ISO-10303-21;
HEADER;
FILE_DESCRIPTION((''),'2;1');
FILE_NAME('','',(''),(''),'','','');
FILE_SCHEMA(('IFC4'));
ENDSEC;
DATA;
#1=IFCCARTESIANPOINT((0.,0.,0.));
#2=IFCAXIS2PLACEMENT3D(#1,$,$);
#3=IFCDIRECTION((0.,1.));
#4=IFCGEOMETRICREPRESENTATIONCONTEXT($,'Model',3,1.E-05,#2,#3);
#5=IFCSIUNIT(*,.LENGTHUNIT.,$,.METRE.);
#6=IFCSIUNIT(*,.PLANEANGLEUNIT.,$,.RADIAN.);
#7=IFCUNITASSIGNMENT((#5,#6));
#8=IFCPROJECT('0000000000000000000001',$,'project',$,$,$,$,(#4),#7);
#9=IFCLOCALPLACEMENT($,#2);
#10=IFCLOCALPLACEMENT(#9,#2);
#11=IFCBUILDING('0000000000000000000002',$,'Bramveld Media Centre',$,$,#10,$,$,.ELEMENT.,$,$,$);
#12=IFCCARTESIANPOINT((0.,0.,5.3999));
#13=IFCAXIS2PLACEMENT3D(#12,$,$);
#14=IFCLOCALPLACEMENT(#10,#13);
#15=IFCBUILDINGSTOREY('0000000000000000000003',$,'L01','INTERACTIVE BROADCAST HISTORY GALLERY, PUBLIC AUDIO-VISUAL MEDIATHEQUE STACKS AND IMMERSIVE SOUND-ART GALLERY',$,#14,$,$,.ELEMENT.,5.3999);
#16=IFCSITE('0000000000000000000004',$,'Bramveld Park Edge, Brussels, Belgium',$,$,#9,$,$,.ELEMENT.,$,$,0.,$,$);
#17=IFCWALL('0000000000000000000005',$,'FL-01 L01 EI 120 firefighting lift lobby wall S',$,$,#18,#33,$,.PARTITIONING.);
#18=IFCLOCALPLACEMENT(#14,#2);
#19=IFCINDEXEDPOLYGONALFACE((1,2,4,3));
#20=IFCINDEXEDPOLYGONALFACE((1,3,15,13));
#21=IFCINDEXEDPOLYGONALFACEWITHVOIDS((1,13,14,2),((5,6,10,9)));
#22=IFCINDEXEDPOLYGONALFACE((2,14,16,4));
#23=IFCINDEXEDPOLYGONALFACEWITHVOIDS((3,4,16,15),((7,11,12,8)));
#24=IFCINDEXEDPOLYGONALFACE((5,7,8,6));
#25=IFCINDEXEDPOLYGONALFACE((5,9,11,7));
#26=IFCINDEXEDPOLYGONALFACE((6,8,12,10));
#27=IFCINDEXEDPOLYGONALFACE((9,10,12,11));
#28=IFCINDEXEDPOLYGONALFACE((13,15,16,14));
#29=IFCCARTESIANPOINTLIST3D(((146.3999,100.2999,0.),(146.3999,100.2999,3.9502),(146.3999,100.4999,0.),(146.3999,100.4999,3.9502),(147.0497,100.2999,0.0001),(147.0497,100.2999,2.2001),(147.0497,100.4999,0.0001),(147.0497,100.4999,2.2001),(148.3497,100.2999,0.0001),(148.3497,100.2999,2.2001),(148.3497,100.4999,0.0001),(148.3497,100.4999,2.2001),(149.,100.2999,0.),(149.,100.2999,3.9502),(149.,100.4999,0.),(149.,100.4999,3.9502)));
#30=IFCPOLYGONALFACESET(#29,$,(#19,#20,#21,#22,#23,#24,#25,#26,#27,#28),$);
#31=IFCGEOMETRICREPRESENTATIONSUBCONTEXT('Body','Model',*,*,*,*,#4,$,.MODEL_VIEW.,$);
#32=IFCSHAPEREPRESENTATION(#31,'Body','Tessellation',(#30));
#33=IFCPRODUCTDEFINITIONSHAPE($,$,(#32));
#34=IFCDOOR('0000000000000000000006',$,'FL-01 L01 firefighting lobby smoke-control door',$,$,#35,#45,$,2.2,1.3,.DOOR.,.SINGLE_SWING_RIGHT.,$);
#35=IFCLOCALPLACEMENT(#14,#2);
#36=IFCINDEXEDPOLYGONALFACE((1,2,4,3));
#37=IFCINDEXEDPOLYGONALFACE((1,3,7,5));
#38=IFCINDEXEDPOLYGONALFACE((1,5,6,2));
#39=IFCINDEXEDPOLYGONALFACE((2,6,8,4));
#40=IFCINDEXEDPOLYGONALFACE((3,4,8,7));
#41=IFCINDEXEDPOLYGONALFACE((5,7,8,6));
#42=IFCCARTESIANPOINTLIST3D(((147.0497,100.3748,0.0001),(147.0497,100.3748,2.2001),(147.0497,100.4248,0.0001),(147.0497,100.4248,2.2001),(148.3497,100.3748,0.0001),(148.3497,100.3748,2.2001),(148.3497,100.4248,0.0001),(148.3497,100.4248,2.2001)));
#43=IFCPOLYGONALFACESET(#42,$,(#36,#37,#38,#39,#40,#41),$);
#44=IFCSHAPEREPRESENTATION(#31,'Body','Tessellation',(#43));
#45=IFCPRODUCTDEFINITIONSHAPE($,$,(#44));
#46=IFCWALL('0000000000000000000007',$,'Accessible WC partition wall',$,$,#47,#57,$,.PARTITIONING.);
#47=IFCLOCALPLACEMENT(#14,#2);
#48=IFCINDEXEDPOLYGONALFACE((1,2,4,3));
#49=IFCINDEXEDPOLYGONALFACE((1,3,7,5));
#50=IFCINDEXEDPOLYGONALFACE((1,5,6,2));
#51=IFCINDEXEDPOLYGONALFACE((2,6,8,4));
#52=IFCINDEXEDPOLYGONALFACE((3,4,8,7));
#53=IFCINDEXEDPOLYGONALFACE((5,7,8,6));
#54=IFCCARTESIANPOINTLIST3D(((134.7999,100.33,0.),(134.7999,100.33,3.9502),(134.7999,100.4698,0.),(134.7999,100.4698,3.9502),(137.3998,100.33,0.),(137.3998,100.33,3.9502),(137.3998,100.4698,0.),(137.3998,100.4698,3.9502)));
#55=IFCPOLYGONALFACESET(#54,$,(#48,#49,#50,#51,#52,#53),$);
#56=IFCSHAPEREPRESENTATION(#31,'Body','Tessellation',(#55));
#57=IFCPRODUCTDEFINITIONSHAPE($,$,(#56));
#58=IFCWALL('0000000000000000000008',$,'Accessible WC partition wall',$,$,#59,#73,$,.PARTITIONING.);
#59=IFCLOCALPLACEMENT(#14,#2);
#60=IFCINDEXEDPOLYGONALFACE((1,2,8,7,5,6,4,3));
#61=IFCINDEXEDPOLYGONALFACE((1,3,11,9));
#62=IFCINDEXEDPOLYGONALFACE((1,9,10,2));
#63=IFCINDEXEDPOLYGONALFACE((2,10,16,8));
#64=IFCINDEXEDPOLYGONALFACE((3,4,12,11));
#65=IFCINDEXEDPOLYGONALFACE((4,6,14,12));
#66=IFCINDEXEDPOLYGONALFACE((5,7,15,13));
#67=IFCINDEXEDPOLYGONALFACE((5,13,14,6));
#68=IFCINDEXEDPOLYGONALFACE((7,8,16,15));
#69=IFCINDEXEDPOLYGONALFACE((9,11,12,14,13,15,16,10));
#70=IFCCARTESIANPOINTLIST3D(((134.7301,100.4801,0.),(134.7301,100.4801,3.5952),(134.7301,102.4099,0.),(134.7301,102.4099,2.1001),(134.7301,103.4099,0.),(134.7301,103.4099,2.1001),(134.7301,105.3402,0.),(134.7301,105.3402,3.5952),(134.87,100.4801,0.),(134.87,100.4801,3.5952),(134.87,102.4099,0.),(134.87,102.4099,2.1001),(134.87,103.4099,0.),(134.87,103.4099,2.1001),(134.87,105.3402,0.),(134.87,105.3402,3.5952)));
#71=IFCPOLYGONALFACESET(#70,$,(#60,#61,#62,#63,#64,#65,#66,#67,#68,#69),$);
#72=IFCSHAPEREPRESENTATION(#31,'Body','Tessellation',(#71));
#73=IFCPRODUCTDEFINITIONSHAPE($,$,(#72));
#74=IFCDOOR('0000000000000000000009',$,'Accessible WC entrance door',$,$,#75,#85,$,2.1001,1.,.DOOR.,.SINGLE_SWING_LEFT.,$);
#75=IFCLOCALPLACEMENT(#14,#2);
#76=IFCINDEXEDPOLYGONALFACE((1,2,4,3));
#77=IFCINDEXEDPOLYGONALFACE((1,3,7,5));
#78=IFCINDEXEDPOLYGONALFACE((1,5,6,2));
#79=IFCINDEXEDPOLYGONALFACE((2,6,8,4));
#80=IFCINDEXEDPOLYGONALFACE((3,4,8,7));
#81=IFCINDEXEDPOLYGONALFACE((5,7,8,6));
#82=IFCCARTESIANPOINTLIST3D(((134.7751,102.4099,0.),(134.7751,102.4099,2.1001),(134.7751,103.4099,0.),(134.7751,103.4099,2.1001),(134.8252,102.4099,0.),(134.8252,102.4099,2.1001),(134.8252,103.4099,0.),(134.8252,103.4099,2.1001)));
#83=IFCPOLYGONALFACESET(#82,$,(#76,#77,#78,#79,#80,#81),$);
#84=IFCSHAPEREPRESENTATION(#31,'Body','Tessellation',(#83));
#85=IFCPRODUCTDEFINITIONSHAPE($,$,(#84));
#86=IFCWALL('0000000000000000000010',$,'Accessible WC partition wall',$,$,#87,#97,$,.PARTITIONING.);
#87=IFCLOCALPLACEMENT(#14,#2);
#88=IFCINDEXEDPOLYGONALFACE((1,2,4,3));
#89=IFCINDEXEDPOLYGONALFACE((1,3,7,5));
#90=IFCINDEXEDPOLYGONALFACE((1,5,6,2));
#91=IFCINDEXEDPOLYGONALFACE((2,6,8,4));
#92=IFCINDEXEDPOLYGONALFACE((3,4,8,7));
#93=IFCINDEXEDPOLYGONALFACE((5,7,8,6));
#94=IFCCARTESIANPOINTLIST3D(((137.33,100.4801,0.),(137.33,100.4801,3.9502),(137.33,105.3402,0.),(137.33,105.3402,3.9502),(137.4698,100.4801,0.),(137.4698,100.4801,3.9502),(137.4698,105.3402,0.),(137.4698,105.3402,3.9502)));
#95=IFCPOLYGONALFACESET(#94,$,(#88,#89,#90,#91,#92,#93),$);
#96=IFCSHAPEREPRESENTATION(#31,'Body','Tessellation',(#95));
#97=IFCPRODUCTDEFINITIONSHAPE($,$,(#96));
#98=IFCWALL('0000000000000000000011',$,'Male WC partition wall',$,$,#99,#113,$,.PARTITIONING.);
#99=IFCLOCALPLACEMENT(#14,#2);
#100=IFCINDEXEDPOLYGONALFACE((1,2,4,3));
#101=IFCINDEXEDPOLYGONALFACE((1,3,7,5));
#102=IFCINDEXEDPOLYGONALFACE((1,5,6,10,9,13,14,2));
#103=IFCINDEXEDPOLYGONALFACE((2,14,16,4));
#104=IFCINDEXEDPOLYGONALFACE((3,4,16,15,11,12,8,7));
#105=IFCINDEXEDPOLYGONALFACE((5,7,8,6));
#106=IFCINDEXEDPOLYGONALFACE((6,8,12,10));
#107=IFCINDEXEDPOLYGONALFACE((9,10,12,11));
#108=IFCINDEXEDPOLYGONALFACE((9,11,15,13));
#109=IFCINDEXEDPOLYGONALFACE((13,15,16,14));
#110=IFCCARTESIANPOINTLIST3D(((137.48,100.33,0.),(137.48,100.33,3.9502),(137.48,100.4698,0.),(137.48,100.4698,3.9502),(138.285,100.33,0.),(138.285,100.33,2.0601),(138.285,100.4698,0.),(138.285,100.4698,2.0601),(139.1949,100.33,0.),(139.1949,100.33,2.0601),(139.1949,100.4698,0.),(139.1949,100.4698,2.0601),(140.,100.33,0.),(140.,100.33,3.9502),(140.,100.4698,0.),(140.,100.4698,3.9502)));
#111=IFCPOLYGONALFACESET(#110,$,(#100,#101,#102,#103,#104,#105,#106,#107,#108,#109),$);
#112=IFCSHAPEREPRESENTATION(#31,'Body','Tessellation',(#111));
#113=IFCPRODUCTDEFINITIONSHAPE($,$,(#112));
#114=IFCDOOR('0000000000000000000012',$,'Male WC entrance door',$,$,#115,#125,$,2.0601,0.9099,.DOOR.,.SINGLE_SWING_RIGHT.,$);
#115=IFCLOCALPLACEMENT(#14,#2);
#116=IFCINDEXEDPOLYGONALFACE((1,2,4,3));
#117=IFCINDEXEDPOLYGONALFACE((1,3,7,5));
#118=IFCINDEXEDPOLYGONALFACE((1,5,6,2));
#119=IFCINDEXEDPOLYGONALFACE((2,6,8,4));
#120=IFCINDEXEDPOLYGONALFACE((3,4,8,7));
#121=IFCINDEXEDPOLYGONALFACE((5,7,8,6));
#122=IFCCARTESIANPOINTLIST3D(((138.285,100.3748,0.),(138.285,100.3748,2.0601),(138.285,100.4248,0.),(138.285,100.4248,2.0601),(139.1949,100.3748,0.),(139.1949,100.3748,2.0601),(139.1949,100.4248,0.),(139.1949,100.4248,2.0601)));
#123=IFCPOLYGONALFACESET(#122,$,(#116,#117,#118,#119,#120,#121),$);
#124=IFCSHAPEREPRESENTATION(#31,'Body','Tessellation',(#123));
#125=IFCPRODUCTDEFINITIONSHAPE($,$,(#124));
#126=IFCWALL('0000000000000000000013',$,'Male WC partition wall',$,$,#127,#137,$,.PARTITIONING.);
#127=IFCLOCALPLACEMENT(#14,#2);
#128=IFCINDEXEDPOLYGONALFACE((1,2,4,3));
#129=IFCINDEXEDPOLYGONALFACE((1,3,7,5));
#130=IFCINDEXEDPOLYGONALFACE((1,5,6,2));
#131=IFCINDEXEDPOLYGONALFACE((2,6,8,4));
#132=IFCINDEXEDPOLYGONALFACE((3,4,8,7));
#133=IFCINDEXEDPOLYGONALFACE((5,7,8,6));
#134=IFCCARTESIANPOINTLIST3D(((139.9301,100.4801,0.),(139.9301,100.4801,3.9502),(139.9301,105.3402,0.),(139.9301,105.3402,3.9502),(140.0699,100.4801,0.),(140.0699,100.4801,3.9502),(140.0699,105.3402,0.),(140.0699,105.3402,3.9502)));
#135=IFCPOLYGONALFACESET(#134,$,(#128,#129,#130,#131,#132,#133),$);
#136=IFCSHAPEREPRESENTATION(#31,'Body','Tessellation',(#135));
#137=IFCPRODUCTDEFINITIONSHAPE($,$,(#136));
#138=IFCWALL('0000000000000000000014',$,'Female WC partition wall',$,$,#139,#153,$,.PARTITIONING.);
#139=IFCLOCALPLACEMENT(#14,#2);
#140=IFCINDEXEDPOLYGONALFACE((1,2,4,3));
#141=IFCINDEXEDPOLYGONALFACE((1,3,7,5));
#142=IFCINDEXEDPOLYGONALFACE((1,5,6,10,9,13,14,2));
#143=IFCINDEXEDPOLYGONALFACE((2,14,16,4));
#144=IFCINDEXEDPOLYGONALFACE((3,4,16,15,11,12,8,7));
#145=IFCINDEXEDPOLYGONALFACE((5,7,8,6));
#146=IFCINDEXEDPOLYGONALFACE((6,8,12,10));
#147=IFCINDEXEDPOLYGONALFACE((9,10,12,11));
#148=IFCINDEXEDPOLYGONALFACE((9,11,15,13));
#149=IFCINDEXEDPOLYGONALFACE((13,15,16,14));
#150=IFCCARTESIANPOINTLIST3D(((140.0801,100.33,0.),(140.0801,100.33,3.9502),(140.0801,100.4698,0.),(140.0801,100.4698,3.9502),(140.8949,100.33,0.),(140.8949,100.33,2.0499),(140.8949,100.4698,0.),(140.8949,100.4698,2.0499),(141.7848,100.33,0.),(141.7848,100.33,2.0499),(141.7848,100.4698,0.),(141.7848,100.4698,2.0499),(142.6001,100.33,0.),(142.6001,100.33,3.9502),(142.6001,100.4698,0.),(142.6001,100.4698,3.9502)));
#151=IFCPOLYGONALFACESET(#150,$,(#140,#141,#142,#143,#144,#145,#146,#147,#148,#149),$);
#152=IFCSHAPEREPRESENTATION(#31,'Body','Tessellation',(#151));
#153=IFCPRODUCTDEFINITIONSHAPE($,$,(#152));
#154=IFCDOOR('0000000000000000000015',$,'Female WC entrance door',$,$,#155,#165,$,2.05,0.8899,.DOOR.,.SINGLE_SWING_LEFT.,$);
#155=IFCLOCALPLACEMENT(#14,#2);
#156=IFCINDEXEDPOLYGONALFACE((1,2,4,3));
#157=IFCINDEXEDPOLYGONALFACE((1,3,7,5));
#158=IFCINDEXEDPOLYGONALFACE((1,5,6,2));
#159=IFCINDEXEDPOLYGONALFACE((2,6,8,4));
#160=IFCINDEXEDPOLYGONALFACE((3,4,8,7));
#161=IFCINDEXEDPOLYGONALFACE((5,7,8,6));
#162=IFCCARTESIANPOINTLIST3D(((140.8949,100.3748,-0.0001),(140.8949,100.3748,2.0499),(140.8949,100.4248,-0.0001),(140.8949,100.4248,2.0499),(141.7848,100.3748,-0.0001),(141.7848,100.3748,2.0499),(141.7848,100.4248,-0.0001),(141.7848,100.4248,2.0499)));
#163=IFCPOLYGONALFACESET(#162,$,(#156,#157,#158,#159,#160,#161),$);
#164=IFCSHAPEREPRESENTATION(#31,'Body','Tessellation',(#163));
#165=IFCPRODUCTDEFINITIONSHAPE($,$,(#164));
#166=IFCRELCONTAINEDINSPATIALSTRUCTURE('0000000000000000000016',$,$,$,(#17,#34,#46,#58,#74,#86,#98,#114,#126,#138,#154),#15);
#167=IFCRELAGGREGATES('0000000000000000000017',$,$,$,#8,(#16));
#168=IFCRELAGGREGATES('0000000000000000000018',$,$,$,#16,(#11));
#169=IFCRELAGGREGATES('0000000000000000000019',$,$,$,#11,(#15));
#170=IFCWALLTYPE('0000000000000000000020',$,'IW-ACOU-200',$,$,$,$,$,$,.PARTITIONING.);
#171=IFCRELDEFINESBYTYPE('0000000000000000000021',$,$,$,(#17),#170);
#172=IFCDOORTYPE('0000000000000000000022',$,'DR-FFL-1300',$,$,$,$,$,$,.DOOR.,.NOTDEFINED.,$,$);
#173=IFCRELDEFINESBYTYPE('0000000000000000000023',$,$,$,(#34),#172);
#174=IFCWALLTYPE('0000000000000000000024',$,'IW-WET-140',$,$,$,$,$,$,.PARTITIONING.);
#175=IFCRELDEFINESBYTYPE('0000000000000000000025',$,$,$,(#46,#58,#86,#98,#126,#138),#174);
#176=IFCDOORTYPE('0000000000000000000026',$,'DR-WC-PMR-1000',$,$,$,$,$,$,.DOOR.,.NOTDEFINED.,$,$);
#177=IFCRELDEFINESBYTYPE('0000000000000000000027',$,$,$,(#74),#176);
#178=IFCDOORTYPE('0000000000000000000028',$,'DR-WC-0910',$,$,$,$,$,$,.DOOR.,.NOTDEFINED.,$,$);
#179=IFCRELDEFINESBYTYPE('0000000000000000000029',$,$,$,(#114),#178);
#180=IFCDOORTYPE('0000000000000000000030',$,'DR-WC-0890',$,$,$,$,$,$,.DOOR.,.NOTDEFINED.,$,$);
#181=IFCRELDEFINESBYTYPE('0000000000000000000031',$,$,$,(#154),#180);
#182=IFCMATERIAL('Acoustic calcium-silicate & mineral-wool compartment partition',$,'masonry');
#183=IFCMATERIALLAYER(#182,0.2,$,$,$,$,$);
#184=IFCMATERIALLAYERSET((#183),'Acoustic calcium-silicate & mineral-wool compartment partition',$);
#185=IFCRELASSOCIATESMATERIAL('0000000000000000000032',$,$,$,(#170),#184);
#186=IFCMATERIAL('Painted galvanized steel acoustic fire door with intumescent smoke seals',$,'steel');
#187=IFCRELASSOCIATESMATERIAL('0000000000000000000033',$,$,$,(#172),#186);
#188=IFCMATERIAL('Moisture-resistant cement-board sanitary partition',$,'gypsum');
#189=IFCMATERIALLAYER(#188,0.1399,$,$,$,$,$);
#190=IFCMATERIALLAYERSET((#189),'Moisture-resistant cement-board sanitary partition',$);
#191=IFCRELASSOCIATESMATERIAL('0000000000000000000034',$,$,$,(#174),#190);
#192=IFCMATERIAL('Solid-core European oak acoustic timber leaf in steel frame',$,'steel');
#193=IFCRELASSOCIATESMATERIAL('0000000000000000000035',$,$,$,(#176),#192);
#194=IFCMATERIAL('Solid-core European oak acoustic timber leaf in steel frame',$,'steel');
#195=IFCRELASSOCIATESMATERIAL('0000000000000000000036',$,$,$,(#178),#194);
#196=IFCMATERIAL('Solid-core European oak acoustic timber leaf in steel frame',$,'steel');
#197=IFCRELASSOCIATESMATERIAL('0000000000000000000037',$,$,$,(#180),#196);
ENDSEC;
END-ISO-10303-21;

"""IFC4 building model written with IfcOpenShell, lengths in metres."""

from ifc_helpers import new_model, si_unit, direction, frame, frame_2d, origin, place, context, subcontext, project, spatial, rectangle, extrude, material, layer, layer_set, type_object, element, fill, save


model = new_model("IFC4")

# Units and contexts
model_context = context("Model", 3, precision=1e-05, world=origin(), true_north=direction((0.0, 1.0)))
body_context = subcontext(model_context, "Body", "Model", "MODEL_VIEW")
ifc_project = project(units=[si_unit("LENGTHUNIT", "METRE"), si_unit("PLANEANGLEUNIT", "RADIAN")], contexts=[model_context])

# Site, building, storey
site_placement = place(None, origin())
site = spatial("IfcSite", under=ifc_project, at=site_placement, Name="Bramveld Park Edge, Brussels, Belgium", CompositionType="ELEMENT", RefElevation=0.0)
building_placement = place(site_placement, origin())
building = spatial("IfcBuilding", under=site, at=building_placement, Name="Bramveld Media Centre", CompositionType="ELEMENT")
storey_placement = place(building_placement, frame((0.0, 0.0, 5.3999)))
storey = spatial("IfcBuildingStorey", under=building, at=storey_placement, Name="L01", Description="INTERACTIVE BROADCAST HISTORY GALLERY, PUBLIC AUDIO-VISUAL MEDIATHEQUE STACKS AND IMMERSIVE SOUND-ART GALLERY", CompositionType="ELEMENT", Elevation=5.3999)

# Wall, opening, door
ifc_material_1 = material(Name="Acoustic calcium-silicate & mineral-wool compartment partition", Category="masonry")
ifc_layer_1 = layer(ifc_material_1, 0.2)
ifc_layer_set_1 = layer_set([ifc_layer_1], Name="Acoustic calcium-silicate & mineral-wool compartment partition")
wall_type_1 = type_object("IfcWallType", Name="IW-ACOU-200", PredefinedType="PARTITIONING", material=ifc_layer_set_1)
wall_1_placement = place(storey_placement, frame((146.3999, 100.3999, 0.0), z_axis=(0.0, 0.0, 1.0), x_axis=(1.0, 0.0, 0.0)))
wall_1 = element("IfcWall", 1, at=wall_1_placement, inside=storey, type_object=wall_type_1, Name="FL-01 L01 EI 120 firefighting lift lobby wall S", PredefinedType="PARTITIONING", context=body_context, shape_type="SweptSolid", body=[
    extrude(rectangle(XDim=2.6001, YDim=0.2, at=frame_2d((1.3, 0.0))), origin(), (0.0, 0.0, 1.0), 3.9502),
])
opening_1_placement = place(wall_1_placement, frame((0.6499, 0.0, 0.0)))
opening_1 = element("IfcOpeningElement", 2, at=opening_1_placement, cuts=wall_1, PredefinedType="OPENING", context=body_context, shape_type="SweptSolid", body=[
    extrude(rectangle(XDim=1.3, YDim=2.2, at=frame_2d((0.6499, 1.1001))), frame((0.0, 0.1118, 0.0), z_axis=(0.0, -1.0, 0.0), x_axis=(1.0, 0.0, 0.0)), (0.0, 0.0, 1.0), 0.2239),
])
ifc_material_2 = material(Name="Painted galvanized steel acoustic fire door with intumescent smoke seals", Category="steel")
door_type_1 = type_object("IfcDoorType", Name="DR-FFL-1300", OperationType="NOTDEFINED", PredefinedType="DOOR", material=ifc_material_2)
door_1_placement = place(opening_1_placement, origin())
door_1 = element("IfcDoor", 3, at=door_1_placement, inside=storey, type_object=door_type_1, Name="FL-01 L01 firefighting lobby smoke-control door", OperationType="SINGLE_SWING_RIGHT", OverallHeight=2.2, OverallWidth=1.3, PredefinedType="DOOR", context=body_context, shape_type="SweptSolid", body=[
    extrude(rectangle(XDim=1.3, YDim=2.2, at=frame_2d((0.6499, 1.1001))), frame((0.0, 0.0249, 0.0), z_axis=(0.0, -1.0, 0.0), x_axis=(1.0, 0.0, 0.0)), (0.0, 0.0, 1.0), 0.05),
])
fill(opening_1, door_1)

# Wall
ifc_material_3 = material(Name="Moisture-resistant cement-board sanitary partition", Category="gypsum")
ifc_layer_2 = layer(ifc_material_3, 0.1399)
ifc_layer_set_2 = layer_set([ifc_layer_2], Name="Moisture-resistant cement-board sanitary partition")
wall_type_2 = type_object("IfcWallType", Name="IW-WET-140", PredefinedType="PARTITIONING", material=ifc_layer_set_2)
wall_2_placement = place(storey_placement, frame((134.8, 100.3999, 0.0), z_axis=(0.0, 0.0, 1.0), x_axis=(1.0, 0.0, 0.0)))
element("IfcWall", 4, at=wall_2_placement, inside=storey, type_object=wall_type_2, Name="Accessible WC partition wall", PredefinedType="PARTITIONING", context=body_context, shape_type="SweptSolid", body=[
    extrude(rectangle(XDim=2.5999, YDim=0.1399, at=frame_2d((1.2998, 0.0))), origin(), (0.0, 0.0, 1.0), 3.9502),
])

# Wall, opening, door
wall_3_placement = place(storey_placement, frame((134.8, 100.48, 0.0), z_axis=(0.0, 0.0, 1.0), x_axis=(0.0, 1.0, 0.0)))
wall_3 = element("IfcWall", 5, at=wall_3_placement, inside=storey, type_object=wall_type_2, Name="Accessible WC partition wall", PredefinedType="PARTITIONING", context=body_context, shape_type="SweptSolid", body=[
    extrude(rectangle(XDim=4.8601, YDim=0.1399, at=frame_2d((2.4302, 0.0))), origin(), (0.0, 0.0, 1.0), 3.5952),
])
opening_2_placement = place(wall_3_placement, frame((1.9299, 0.0, 0.0)))
opening_2 = element("IfcOpeningElement", 6, at=opening_2_placement, cuts=wall_3, PredefinedType="OPENING", context=body_context, shape_type="SweptSolid", body=[
    extrude(rectangle(XDim=1.0, YDim=2.1001, at=frame_2d((0.5, 1.05))), frame((0.0, 0.082, 0.0), z_axis=(0.0, -1.0, 0.0), x_axis=(1.0, 0.0, 0.0)), (0.0, 0.0, 1.0), 0.1638),
])
ifc_material_4 = material(Name="Solid-core European oak acoustic timber leaf in steel frame", Category="steel")
door_type_2 = type_object("IfcDoorType", Name="DR-WC-PMR-1000", OperationType="NOTDEFINED", PredefinedType="DOOR", material=ifc_material_4)
door_2_placement = place(opening_2_placement, origin())
door_2 = element("IfcDoor", 7, at=door_2_placement, inside=storey, type_object=door_type_2, Name="Accessible WC entrance door", OperationType="SINGLE_SWING_LEFT", OverallHeight=2.1001, OverallWidth=1.0, PredefinedType="DOOR", context=body_context, shape_type="SweptSolid", body=[
    extrude(rectangle(XDim=1.0, YDim=2.1001, at=frame_2d((0.5, 1.05))), frame((0.0, 0.0249, 0.0), z_axis=(0.0, -1.0, 0.0), x_axis=(1.0, 0.0, 0.0)), (0.0, 0.0, 1.0), 0.05),
])
fill(opening_2, door_2)

# Wall
wall_4_placement = place(storey_placement, frame((137.3999, 100.48, 0.0), z_axis=(0.0, 0.0, 1.0), x_axis=(0.0, 1.0, 0.0)))
element("IfcWall", 8, at=wall_4_placement, inside=storey, type_object=wall_type_2, Name="Accessible WC partition wall", PredefinedType="PARTITIONING", context=body_context, shape_type="SweptSolid", body=[
    extrude(rectangle(XDim=4.8601, YDim=0.1399, at=frame_2d((2.4302, 0.0))), origin(), (0.0, 0.0, 1.0), 3.9502),
])

# Wall, opening, door
wall_5_placement = place(storey_placement, frame((137.48, 100.3999, 0.0), z_axis=(0.0, 0.0, 1.0), x_axis=(1.0, 0.0, 0.0)))
wall_5 = element("IfcWall", 9, at=wall_5_placement, inside=storey, type_object=wall_type_2, Name="Male WC partition wall", PredefinedType="PARTITIONING", context=body_context, shape_type="SweptSolid", body=[
    extrude(rectangle(XDim=2.52, YDim=0.1399, at=frame_2d((1.26, 0.0))), origin(), (0.0, 0.0, 1.0), 3.9502),
])
opening_3_placement = place(wall_5_placement, frame((0.8049, 0.0, 0.0)))
opening_3 = element("IfcOpeningElement", 10, at=opening_3_placement, cuts=wall_5, PredefinedType="OPENING", context=body_context, shape_type="SweptSolid", body=[
    extrude(rectangle(XDim=0.9099, YDim=2.0601, at=frame_2d((0.4551, 1.03))), frame((0.0, 0.082, 0.0), z_axis=(0.0, -1.0, 0.0), x_axis=(1.0, 0.0, 0.0)), (0.0, 0.0, 1.0), 0.1638),
])
ifc_material_5 = material(Name="Solid-core European oak acoustic timber leaf in steel frame", Category="steel")
door_type_3 = type_object("IfcDoorType", Name="DR-WC-0910", OperationType="NOTDEFINED", PredefinedType="DOOR", material=ifc_material_5)
door_3_placement = place(opening_3_placement, origin())
door_3 = element("IfcDoor", 11, at=door_3_placement, inside=storey, type_object=door_type_3, Name="Male WC entrance door", OperationType="SINGLE_SWING_RIGHT", OverallHeight=2.0601, OverallWidth=0.9099, PredefinedType="DOOR", context=body_context, shape_type="SweptSolid", body=[
    extrude(rectangle(XDim=0.9099, YDim=2.0601, at=frame_2d((0.4551, 1.03))), frame((0.0, 0.0249, 0.0), z_axis=(0.0, -1.0, 0.0), x_axis=(1.0, 0.0, 0.0)), (0.0, 0.0, 1.0), 0.05),
])
fill(opening_3, door_3)

# Wall
wall_6_placement = place(storey_placement, frame((140.0, 100.48, 0.0), z_axis=(0.0, 0.0, 1.0), x_axis=(0.0, 1.0, 0.0)))
element("IfcWall", 12, at=wall_6_placement, inside=storey, type_object=wall_type_2, Name="Male WC partition wall", PredefinedType="PARTITIONING", context=body_context, shape_type="SweptSolid", body=[
    extrude(rectangle(XDim=4.8601, YDim=0.1399, at=frame_2d((2.4302, 0.0))), origin(), (0.0, 0.0, 1.0), 3.9502),
])

# Wall, opening, door
wall_7_placement = place(storey_placement, frame((140.0801, 100.3999, 0.0), z_axis=(0.0, 0.0, 1.0), x_axis=(1.0, 0.0, 0.0)))
wall_7 = element("IfcWall", 13, at=wall_7_placement, inside=storey, type_object=wall_type_2, Name="Female WC partition wall", PredefinedType="PARTITIONING", context=body_context, shape_type="SweptSolid", body=[
    extrude(rectangle(XDim=2.52, YDim=0.1399, at=frame_2d((1.26, 0.0))), origin(), (0.0, 0.0, 1.0), 3.9502),
])
opening_4_placement = place(wall_7_placement, frame((0.8149, 0.0, 0.0)))
opening_4 = element("IfcOpeningElement", 14, at=opening_4_placement, cuts=wall_7, PredefinedType="OPENING", context=body_context, shape_type="SweptSolid", body=[
    extrude(rectangle(XDim=0.8899, YDim=2.05, at=frame_2d((0.4448, 1.0249))), frame((0.0, 0.082, 0.0), z_axis=(0.0, -1.0, 0.0), x_axis=(1.0, 0.0, 0.0)), (0.0, 0.0, 1.0), 0.1638),
])
ifc_material_6 = material(Name="Solid-core European oak acoustic timber leaf in steel frame", Category="steel")
door_type_4 = type_object("IfcDoorType", Name="DR-WC-0890", OperationType="NOTDEFINED", PredefinedType="DOOR", material=ifc_material_6)
door_4_placement = place(opening_4_placement, origin())
door_4 = element("IfcDoor", 15, at=door_4_placement, inside=storey, type_object=door_type_4, Name="Female WC entrance door", OperationType="SINGLE_SWING_LEFT", OverallHeight=2.05, OverallWidth=0.8899, PredefinedType="DOOR", context=body_context, shape_type="SweptSolid", body=[
    extrude(rectangle(XDim=0.8899, YDim=2.05, at=frame_2d((0.4448, 1.0249))), frame((0.0, 0.0249, 0.0), z_axis=(0.0, -1.0, 0.0), x_axis=(1.0, 0.0, 0.0)), (0.0, 0.0, 1.0), 0.05),
])
fill(opening_4, door_4)

save(model, "model.ifc")
